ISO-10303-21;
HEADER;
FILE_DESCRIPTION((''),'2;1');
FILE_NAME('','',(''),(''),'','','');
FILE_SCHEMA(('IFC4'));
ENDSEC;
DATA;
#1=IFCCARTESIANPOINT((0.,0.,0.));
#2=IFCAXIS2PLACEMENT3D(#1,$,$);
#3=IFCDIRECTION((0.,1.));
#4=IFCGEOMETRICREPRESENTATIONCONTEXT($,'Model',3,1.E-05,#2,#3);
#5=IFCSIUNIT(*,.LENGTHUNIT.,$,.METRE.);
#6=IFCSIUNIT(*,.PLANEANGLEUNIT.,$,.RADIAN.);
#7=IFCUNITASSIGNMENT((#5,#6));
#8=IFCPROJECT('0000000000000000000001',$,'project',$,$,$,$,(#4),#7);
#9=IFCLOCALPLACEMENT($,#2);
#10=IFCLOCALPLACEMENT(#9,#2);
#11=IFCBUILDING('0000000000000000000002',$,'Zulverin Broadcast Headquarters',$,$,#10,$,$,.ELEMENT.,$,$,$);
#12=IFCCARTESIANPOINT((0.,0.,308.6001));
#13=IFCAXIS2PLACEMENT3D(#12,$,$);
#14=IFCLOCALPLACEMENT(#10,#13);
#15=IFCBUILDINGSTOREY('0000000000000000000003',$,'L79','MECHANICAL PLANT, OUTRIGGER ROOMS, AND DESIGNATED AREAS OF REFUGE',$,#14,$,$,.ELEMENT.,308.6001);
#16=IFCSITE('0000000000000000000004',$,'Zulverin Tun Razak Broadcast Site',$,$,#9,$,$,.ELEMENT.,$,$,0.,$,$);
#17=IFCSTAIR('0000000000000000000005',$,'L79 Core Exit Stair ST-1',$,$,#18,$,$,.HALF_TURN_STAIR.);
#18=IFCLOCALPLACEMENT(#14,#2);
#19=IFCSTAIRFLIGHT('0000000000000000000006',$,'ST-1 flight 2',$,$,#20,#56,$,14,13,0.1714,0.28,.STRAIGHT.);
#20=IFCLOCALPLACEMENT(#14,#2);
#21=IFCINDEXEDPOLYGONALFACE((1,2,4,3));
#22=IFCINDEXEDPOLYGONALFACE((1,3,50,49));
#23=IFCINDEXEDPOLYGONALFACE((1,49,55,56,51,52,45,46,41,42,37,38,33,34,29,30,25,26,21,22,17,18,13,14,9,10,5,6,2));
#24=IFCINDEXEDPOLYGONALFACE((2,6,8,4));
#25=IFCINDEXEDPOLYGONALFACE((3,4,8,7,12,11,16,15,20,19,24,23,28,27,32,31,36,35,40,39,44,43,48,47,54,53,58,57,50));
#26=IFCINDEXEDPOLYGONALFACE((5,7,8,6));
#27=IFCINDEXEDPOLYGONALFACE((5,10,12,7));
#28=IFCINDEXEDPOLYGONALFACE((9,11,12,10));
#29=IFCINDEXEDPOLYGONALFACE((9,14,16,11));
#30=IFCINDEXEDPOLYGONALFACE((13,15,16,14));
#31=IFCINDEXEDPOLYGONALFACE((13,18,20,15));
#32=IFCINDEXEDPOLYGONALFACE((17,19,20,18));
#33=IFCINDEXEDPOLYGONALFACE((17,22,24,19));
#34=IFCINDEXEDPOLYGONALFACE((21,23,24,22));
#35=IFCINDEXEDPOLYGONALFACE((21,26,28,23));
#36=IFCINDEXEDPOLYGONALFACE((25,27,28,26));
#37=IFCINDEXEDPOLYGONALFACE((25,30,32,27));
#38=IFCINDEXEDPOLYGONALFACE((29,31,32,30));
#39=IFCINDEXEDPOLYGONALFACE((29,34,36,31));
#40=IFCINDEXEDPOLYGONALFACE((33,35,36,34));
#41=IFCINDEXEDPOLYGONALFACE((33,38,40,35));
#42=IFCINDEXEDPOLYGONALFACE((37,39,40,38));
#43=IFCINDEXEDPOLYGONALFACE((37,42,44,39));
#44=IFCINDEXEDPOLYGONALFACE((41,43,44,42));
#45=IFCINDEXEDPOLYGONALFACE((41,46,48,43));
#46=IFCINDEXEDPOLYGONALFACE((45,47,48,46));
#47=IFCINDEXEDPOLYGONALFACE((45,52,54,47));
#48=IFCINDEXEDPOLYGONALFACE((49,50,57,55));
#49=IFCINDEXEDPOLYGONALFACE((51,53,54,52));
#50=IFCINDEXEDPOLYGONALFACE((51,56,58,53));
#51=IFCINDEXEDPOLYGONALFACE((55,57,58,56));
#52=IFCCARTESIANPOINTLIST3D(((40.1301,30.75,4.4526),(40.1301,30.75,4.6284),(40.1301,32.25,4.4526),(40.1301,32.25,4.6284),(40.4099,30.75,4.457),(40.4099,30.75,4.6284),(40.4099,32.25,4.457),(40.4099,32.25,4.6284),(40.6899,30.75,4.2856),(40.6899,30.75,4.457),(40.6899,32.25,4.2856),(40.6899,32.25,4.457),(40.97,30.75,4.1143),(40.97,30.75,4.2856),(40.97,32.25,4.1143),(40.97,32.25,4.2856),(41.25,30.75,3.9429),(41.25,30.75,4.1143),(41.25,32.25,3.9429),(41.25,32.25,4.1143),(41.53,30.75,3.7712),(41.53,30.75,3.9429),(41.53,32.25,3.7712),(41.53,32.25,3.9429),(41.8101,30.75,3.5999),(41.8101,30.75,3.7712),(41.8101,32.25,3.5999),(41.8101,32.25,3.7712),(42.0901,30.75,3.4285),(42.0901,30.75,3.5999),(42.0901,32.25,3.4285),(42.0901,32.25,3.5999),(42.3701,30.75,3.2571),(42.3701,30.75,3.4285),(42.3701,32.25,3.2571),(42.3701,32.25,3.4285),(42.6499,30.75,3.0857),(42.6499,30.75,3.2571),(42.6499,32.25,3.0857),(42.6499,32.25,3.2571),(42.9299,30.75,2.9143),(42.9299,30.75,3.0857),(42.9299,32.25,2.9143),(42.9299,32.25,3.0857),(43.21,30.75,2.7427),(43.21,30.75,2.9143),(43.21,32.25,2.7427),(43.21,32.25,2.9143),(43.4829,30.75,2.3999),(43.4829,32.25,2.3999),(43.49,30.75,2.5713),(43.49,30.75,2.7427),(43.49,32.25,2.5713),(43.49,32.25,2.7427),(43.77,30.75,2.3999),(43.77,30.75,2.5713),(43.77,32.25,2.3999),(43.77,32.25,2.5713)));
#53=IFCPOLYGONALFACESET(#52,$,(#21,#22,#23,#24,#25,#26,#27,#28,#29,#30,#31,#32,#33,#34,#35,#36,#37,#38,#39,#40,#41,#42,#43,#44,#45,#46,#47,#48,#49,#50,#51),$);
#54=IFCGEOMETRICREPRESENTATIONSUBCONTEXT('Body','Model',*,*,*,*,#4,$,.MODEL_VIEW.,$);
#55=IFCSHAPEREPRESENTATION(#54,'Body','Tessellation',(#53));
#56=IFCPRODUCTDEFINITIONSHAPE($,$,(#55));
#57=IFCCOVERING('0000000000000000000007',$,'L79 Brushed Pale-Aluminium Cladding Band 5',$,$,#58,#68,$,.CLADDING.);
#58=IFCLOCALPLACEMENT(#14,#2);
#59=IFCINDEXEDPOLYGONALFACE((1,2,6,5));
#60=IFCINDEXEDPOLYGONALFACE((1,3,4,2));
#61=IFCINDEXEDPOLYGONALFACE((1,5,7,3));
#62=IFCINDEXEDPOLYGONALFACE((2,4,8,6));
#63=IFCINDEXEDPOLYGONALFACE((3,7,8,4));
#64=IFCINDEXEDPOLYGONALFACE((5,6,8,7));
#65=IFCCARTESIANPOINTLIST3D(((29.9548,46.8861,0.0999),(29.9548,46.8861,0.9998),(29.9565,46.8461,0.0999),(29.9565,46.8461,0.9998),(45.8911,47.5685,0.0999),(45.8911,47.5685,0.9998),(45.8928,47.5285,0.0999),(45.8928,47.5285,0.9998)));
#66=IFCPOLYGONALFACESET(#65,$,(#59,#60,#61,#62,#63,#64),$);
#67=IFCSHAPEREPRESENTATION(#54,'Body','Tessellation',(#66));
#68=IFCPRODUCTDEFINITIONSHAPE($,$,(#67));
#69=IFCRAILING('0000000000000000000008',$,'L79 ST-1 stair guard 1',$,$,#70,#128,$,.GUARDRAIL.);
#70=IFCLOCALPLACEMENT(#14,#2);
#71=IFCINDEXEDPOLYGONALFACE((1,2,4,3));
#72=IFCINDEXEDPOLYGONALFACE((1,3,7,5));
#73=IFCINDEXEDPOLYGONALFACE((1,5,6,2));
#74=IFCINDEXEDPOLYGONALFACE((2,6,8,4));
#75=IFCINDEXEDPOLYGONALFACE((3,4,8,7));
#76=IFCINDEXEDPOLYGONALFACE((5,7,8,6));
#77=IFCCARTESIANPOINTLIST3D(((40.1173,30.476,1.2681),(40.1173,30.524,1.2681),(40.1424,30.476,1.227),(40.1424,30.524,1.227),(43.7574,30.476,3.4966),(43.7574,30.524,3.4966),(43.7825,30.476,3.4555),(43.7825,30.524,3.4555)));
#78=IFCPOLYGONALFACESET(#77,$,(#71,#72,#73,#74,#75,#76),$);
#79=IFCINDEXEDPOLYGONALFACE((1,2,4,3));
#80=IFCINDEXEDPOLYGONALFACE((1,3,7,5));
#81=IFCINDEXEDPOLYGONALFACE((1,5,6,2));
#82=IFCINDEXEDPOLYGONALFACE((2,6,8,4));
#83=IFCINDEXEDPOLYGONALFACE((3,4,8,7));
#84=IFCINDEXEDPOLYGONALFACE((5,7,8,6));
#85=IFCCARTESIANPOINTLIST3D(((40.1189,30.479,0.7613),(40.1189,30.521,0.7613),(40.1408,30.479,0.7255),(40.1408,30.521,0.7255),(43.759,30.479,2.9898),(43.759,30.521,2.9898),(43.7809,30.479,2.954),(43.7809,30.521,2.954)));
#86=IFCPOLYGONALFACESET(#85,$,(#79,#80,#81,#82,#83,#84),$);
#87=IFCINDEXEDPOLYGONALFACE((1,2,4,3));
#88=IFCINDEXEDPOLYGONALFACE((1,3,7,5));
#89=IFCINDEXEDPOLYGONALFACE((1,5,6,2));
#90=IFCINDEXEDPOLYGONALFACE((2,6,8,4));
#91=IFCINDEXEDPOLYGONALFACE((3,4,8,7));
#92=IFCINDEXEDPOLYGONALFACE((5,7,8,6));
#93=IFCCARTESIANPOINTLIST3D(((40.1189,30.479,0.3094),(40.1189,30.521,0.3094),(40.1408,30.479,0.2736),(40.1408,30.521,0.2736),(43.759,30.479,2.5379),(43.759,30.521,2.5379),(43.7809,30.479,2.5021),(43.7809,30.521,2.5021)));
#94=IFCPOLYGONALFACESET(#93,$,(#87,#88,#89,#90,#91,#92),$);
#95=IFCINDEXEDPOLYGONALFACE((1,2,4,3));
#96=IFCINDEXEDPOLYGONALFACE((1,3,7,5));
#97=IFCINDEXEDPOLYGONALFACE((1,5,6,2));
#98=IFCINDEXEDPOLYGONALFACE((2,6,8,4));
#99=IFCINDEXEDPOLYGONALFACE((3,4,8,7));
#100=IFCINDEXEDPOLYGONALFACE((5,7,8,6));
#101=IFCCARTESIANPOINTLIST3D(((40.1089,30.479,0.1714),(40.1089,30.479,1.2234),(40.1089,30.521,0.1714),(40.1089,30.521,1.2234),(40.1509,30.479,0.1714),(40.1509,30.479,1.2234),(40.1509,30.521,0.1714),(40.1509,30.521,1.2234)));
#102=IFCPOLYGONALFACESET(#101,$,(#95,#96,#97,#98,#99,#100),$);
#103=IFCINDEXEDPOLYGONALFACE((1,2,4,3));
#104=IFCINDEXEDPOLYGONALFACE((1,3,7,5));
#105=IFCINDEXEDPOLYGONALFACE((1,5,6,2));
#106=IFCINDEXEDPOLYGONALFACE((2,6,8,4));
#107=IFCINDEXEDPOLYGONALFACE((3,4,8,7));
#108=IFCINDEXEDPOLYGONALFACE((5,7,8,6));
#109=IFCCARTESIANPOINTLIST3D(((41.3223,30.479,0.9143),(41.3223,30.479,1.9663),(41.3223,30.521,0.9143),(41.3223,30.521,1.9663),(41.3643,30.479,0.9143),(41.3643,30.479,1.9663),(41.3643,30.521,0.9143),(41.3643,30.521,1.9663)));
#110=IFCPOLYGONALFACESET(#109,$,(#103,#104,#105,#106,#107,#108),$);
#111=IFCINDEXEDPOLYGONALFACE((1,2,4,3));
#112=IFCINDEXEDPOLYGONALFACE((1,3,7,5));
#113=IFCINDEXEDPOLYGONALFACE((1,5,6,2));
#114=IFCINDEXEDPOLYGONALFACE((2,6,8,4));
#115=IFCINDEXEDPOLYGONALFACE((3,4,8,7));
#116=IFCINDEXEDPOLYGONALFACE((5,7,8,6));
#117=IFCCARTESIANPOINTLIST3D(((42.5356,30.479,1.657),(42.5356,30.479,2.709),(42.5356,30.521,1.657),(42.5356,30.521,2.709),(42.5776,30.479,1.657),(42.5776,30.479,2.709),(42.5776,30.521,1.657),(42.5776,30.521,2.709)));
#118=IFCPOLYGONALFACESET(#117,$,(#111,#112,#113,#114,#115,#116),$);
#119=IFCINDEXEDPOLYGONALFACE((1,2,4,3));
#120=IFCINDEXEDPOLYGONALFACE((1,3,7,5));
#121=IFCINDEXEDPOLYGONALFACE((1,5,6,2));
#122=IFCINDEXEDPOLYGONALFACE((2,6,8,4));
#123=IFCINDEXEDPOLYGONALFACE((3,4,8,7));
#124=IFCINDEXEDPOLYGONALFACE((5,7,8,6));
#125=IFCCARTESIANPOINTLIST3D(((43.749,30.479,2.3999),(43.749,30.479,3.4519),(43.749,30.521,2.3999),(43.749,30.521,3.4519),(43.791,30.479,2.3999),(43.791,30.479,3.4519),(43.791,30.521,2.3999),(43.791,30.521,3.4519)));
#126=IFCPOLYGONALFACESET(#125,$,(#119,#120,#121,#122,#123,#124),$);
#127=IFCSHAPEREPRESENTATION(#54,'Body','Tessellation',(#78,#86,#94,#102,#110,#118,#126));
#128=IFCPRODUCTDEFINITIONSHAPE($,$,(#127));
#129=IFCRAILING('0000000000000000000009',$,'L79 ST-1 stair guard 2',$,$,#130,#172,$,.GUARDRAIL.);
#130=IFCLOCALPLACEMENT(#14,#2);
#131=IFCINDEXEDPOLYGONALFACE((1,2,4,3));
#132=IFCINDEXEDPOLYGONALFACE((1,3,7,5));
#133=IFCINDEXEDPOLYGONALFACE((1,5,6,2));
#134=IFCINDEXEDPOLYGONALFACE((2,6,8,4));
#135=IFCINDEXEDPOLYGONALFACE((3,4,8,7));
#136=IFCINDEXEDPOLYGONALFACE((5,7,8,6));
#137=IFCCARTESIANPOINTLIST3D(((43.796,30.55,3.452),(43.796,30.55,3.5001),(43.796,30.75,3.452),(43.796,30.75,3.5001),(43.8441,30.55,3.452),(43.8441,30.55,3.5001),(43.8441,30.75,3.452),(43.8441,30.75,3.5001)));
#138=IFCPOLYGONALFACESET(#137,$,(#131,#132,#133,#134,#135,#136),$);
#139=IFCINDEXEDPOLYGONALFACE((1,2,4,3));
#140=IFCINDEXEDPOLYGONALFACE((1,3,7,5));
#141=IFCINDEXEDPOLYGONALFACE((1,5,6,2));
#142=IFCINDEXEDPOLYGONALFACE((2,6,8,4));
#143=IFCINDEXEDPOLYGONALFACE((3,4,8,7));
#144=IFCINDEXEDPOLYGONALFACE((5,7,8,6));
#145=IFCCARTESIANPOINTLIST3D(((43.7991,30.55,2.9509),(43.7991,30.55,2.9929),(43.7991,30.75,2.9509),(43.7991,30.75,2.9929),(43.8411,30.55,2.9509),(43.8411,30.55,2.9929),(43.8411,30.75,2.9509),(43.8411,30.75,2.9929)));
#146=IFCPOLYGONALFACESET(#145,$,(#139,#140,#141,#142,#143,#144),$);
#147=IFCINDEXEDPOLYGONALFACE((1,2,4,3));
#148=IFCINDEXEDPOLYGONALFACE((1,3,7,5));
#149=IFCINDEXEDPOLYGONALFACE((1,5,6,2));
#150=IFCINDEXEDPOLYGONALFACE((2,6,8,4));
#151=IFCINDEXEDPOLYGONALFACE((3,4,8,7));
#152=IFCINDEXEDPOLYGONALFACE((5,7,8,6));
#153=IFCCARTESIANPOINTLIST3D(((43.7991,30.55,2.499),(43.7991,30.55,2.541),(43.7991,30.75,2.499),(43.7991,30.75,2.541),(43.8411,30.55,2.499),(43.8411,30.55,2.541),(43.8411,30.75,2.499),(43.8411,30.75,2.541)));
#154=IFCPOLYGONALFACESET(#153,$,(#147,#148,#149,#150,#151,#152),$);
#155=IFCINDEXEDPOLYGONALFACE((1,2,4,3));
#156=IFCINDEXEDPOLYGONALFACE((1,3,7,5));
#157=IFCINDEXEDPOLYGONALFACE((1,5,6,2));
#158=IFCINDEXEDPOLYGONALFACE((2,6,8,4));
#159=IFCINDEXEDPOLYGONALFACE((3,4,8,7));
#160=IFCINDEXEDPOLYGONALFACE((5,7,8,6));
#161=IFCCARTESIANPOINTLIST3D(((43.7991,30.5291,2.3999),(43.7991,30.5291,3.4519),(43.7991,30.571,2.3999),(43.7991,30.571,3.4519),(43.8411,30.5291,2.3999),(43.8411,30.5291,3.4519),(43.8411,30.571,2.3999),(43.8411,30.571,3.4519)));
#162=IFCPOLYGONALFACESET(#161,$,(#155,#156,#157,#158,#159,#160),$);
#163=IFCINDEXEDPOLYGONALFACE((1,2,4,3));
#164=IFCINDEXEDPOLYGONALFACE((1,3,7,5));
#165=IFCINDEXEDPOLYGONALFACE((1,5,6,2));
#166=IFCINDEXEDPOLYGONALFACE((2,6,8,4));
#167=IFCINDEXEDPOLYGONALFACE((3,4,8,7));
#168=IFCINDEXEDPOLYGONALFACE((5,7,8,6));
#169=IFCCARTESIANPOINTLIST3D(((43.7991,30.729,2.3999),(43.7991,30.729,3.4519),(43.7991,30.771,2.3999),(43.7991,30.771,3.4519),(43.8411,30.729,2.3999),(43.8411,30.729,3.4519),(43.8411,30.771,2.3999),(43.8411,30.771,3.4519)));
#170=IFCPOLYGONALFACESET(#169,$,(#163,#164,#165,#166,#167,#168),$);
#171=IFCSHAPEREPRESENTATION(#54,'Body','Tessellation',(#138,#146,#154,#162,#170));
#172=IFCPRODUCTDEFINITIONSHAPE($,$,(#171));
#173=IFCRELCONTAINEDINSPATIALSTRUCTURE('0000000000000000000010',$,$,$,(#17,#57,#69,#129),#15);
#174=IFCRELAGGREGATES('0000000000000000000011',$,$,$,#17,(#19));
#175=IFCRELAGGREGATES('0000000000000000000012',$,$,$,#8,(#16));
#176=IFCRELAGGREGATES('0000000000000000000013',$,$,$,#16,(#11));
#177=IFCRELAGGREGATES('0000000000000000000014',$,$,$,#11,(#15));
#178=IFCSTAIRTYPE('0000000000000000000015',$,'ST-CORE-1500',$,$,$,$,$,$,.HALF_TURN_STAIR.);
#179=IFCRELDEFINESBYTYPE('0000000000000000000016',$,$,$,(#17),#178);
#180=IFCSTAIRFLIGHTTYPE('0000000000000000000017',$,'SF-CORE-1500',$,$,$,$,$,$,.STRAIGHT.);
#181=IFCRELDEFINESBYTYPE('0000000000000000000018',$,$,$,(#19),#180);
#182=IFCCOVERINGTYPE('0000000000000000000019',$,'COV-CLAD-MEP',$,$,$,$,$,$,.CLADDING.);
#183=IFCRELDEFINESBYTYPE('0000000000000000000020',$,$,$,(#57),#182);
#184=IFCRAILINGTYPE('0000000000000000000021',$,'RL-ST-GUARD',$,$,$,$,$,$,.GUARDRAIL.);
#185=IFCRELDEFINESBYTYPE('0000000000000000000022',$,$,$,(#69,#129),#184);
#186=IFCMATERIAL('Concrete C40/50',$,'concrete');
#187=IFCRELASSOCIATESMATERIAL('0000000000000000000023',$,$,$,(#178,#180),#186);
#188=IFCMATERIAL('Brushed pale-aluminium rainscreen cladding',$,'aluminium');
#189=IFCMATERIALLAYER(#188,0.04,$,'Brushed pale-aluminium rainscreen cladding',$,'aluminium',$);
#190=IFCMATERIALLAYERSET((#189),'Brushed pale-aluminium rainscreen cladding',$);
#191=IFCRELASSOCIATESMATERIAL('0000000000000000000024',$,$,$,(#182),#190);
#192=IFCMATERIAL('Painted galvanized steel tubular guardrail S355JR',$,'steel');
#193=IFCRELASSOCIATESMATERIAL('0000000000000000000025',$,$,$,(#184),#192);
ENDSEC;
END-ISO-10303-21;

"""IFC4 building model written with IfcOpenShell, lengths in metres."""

from ifc_helpers import new_model, si_unit, direction, frame, origin, origin_2d, place, context, subcontext, project, spatial, polyline, rectangle, outline, extrude, material, layer, layer_set, type_object, element, aggregate, save


model = new_model("IFC4")

# Units and contexts
model_context = context("Model", 3, precision=1e-05, world=origin(), true_north=direction((0.0, 1.0)))
body_context = subcontext(model_context, "Body", "Model", "MODEL_VIEW")
ifc_project = project(units=[si_unit("LENGTHUNIT", "METRE"), si_unit("PLANEANGLEUNIT", "RADIAN")], contexts=[model_context])

# Site, building, storey
site_placement = place(None, origin())
site = spatial("IfcSite", under=ifc_project, at=site_placement, Name="Zulverin Tun Razak Broadcast Site", CompositionType="ELEMENT", RefElevation=0.0)
building_placement = place(site_placement, origin())
building = spatial("IfcBuilding", under=site, at=building_placement, Name="Zulverin Broadcast Headquarters", CompositionType="ELEMENT")
storey_placement = place(building_placement, frame((0.0, 0.0, 308.6001)))
storey = spatial("IfcBuildingStorey", under=building, at=storey_placement, Name="L79", Description="MECHANICAL PLANT, OUTRIGGER ROOMS, AND DESIGNATED AREAS OF REFUGE", CompositionType="ELEMENT", Elevation=308.6001)

# Stair, stair flight
ifc_material_1 = material(Name="Concrete C40/50", Category="concrete")
stair_type = type_object("IfcStairType", Name="ST-CORE-1500", PredefinedType="HALF_TURN_STAIR", material=ifc_material_1)
stair_placement = place(storey_placement, origin())
stair = element("IfcStair", 1, at=stair_placement, inside=storey, type_object=stair_type, Name="L79 Core Exit Stair ST-1", PredefinedType="HALF_TURN_STAIR")
stair_flight_type = type_object("IfcStairFlightType", Name="SF-CORE-1500", PredefinedType="STRAIGHT", material=ifc_material_1)
stair_flight_1_placement = place(storey_placement, frame((43.77, 31.5, 2.3999), z_axis=(0.0, 0.0, 1.0), x_axis=(-1.0, 0.0, 0.0)))
stair_flight_1 = element("IfcStairFlight", 2, at=stair_flight_1_placement, type_object=stair_flight_type, Name="ST-1 flight 2", NumberOfRisers=14, NumberOfTreads=13, PredefinedType="STRAIGHT", RiserHeight=0.1714, TreadLength=0.28, context=body_context, shape_type="SweptSolid", body=[
    extrude(outline(polyline([(0.0, 0.0), (0.0, 0.1714), (0.28, 0.1714), (0.28, 0.3428), (0.5601, 0.3428), (0.5601, 0.5144), (0.8401, 0.5144), (0.8401, 0.6858), (1.1201, 0.6858), (1.1201, 0.8572), (1.3999, 0.8572), (1.3999, 1.0286), (1.6799, 1.0286), (1.6799, 1.2), (1.96, 1.2), (1.96, 1.3713), (2.24, 1.3713), (2.24, 1.543), (2.52, 1.543), (2.52, 1.7144), (2.8, 1.7144), (2.8, 1.8857), (3.0801, 1.8857), (3.0801, 2.0571), (3.3601, 2.0571), (3.3601, 2.2285), (3.6399, 2.2285), (3.6399, 2.3999), (3.6399, 2.0527), (0.2871, 0.0), (0.0, 0.0)])), frame((0.0, 0.75, 0.0), z_axis=(0.0, -1.0, 0.0), x_axis=(1.0, 0.0, 0.0)), (0.0, 0.0, 1.0), 1.5),
])
aggregate(stair, [stair_flight_1])

# Covering
ifc_material_2 = material(Name="Brushed pale-aluminium rainscreen cladding", Category="aluminium")
ifc_layer_1 = layer(ifc_material_2, 0.04, Name="Brushed pale-aluminium rainscreen cladding", Category="aluminium")
ifc_layer_set_1 = layer_set([ifc_layer_1], Name="Brushed pale-aluminium rainscreen cladding")
covering_type = type_object("IfcCoveringType", Name="COV-CLAD-MEP", PredefinedType="CLADDING", material=ifc_layer_set_1)
covering_placement = place(storey_placement, frame((37.9238, 47.2073, 0.0999), z_axis=(0.0, 0.0, 1.0), x_axis=(-0.999085, -0.042779, 0.0)))
element("IfcCovering", 3, at=covering_placement, inside=storey, type_object=covering_type, Name="L79 Brushed Pale-Aluminium Cladding Band 5", PredefinedType="CLADDING", context=body_context, shape_type="SweptSolid", body=[
    extrude(rectangle(XDim=15.9509, YDim=0.04, at=origin_2d()), origin(), (0.0, 0.0, 1.0), 0.8999),
])

# Railings
ifc_material_3 = material(Name="Painted galvanized steel tubular guardrail S355JR", Category="steel")
railing_type_1 = type_object("IfcRailingType", Name="RL-ST-GUARD", PredefinedType="GUARDRAIL", material=ifc_material_3)
railing_1_placement = place(storey_placement, frame((40.1299, 30.5, 0.1714)))
element("IfcRailing", 4, at=railing_1_placement, inside=storey, type_object=railing_type_1, Name="L79 ST-1 stair guard 1", PredefinedType="GUARDRAIL", context=body_context, shape_type="SweptSolid", body=[
    extrude(rectangle(XDim=0.0481, YDim=0.0481, at=origin_2d()), frame((0.0, 0.0, 1.0762), z_axis=(0.852866, 0.0, 0.52213), x_axis=(0.0, 1.0, 0.0)), (0.0, 0.0, 1.0), 4.2681),
    extrude(rectangle(XDim=0.042, YDim=0.042, at=origin_2d()), frame((0.0, 0.0, 0.572), z_axis=(0.852866, 0.0, 0.52213), x_axis=(0.0, 1.0, 0.0)), (0.0, 0.0, 1.0), 4.2681),
    extrude(rectangle(XDim=0.042, YDim=0.042, at=origin_2d()), frame((0.0, 0.0, 0.1201), z_axis=(0.852866, 0.0, 0.52213), x_axis=(0.0, 1.0, 0.0)), (0.0, 0.0, 1.0), 4.2681),
    extrude(rectangle(XDim=0.042, YDim=0.042, at=origin_2d()), origin(), (0.0, 0.0, 1.0), 1.052),
    extrude(rectangle(XDim=0.042, YDim=0.042, at=origin_2d()), frame((1.2134, 0.0, 0.7429)), (0.0, 0.0, 1.0), 1.052),
    extrude(rectangle(XDim=0.042, YDim=0.042, at=origin_2d()), frame((2.4268, 0.0, 1.4856)), (0.0, 0.0, 1.0), 1.052),
    extrude(rectangle(XDim=0.042, YDim=0.042, at=origin_2d()), frame((3.6401, 0.0, 2.2285)), (0.0, 0.0, 1.0), 1.052),
])
railing_2_placement = place(storey_placement, frame((43.8201, 30.55, 2.3999)))
element("IfcRailing", 5, at=railing_2_placement, inside=storey, type_object=railing_type_1, Name="L79 ST-1 stair guard 2", PredefinedType="GUARDRAIL", context=body_context, shape_type="SweptSolid", body=[
    extrude(rectangle(XDim=0.0481, YDim=0.0481, at=origin_2d()), frame((0.0, 0.0, 1.0762), z_axis=(0.0, 1.0, 0.0), x_axis=(-1.0, 0.0, 0.0)), (0.0, 0.0, 1.0), 0.2),
    extrude(rectangle(XDim=0.042, YDim=0.042, at=origin_2d()), frame((0.0, 0.0, 0.572), z_axis=(0.0, 1.0, 0.0), x_axis=(-1.0, 0.0, 0.0)), (0.0, 0.0, 1.0), 0.2),
    extrude(rectangle(XDim=0.042, YDim=0.042, at=origin_2d()), frame((0.0, 0.0, 0.1201), z_axis=(0.0, 1.0, 0.0), x_axis=(-1.0, 0.0, 0.0)), (0.0, 0.0, 1.0), 0.2),
    extrude(rectangle(XDim=0.042, YDim=0.042, at=origin_2d()), origin(), (0.0, 0.0, 1.0), 1.052),
    extrude(rectangle(XDim=0.042, YDim=0.042, at=origin_2d()), frame((0.0, 0.2, 0.0)), (0.0, 0.0, 1.0), 1.052),
])

save(model, "model.ifc")
